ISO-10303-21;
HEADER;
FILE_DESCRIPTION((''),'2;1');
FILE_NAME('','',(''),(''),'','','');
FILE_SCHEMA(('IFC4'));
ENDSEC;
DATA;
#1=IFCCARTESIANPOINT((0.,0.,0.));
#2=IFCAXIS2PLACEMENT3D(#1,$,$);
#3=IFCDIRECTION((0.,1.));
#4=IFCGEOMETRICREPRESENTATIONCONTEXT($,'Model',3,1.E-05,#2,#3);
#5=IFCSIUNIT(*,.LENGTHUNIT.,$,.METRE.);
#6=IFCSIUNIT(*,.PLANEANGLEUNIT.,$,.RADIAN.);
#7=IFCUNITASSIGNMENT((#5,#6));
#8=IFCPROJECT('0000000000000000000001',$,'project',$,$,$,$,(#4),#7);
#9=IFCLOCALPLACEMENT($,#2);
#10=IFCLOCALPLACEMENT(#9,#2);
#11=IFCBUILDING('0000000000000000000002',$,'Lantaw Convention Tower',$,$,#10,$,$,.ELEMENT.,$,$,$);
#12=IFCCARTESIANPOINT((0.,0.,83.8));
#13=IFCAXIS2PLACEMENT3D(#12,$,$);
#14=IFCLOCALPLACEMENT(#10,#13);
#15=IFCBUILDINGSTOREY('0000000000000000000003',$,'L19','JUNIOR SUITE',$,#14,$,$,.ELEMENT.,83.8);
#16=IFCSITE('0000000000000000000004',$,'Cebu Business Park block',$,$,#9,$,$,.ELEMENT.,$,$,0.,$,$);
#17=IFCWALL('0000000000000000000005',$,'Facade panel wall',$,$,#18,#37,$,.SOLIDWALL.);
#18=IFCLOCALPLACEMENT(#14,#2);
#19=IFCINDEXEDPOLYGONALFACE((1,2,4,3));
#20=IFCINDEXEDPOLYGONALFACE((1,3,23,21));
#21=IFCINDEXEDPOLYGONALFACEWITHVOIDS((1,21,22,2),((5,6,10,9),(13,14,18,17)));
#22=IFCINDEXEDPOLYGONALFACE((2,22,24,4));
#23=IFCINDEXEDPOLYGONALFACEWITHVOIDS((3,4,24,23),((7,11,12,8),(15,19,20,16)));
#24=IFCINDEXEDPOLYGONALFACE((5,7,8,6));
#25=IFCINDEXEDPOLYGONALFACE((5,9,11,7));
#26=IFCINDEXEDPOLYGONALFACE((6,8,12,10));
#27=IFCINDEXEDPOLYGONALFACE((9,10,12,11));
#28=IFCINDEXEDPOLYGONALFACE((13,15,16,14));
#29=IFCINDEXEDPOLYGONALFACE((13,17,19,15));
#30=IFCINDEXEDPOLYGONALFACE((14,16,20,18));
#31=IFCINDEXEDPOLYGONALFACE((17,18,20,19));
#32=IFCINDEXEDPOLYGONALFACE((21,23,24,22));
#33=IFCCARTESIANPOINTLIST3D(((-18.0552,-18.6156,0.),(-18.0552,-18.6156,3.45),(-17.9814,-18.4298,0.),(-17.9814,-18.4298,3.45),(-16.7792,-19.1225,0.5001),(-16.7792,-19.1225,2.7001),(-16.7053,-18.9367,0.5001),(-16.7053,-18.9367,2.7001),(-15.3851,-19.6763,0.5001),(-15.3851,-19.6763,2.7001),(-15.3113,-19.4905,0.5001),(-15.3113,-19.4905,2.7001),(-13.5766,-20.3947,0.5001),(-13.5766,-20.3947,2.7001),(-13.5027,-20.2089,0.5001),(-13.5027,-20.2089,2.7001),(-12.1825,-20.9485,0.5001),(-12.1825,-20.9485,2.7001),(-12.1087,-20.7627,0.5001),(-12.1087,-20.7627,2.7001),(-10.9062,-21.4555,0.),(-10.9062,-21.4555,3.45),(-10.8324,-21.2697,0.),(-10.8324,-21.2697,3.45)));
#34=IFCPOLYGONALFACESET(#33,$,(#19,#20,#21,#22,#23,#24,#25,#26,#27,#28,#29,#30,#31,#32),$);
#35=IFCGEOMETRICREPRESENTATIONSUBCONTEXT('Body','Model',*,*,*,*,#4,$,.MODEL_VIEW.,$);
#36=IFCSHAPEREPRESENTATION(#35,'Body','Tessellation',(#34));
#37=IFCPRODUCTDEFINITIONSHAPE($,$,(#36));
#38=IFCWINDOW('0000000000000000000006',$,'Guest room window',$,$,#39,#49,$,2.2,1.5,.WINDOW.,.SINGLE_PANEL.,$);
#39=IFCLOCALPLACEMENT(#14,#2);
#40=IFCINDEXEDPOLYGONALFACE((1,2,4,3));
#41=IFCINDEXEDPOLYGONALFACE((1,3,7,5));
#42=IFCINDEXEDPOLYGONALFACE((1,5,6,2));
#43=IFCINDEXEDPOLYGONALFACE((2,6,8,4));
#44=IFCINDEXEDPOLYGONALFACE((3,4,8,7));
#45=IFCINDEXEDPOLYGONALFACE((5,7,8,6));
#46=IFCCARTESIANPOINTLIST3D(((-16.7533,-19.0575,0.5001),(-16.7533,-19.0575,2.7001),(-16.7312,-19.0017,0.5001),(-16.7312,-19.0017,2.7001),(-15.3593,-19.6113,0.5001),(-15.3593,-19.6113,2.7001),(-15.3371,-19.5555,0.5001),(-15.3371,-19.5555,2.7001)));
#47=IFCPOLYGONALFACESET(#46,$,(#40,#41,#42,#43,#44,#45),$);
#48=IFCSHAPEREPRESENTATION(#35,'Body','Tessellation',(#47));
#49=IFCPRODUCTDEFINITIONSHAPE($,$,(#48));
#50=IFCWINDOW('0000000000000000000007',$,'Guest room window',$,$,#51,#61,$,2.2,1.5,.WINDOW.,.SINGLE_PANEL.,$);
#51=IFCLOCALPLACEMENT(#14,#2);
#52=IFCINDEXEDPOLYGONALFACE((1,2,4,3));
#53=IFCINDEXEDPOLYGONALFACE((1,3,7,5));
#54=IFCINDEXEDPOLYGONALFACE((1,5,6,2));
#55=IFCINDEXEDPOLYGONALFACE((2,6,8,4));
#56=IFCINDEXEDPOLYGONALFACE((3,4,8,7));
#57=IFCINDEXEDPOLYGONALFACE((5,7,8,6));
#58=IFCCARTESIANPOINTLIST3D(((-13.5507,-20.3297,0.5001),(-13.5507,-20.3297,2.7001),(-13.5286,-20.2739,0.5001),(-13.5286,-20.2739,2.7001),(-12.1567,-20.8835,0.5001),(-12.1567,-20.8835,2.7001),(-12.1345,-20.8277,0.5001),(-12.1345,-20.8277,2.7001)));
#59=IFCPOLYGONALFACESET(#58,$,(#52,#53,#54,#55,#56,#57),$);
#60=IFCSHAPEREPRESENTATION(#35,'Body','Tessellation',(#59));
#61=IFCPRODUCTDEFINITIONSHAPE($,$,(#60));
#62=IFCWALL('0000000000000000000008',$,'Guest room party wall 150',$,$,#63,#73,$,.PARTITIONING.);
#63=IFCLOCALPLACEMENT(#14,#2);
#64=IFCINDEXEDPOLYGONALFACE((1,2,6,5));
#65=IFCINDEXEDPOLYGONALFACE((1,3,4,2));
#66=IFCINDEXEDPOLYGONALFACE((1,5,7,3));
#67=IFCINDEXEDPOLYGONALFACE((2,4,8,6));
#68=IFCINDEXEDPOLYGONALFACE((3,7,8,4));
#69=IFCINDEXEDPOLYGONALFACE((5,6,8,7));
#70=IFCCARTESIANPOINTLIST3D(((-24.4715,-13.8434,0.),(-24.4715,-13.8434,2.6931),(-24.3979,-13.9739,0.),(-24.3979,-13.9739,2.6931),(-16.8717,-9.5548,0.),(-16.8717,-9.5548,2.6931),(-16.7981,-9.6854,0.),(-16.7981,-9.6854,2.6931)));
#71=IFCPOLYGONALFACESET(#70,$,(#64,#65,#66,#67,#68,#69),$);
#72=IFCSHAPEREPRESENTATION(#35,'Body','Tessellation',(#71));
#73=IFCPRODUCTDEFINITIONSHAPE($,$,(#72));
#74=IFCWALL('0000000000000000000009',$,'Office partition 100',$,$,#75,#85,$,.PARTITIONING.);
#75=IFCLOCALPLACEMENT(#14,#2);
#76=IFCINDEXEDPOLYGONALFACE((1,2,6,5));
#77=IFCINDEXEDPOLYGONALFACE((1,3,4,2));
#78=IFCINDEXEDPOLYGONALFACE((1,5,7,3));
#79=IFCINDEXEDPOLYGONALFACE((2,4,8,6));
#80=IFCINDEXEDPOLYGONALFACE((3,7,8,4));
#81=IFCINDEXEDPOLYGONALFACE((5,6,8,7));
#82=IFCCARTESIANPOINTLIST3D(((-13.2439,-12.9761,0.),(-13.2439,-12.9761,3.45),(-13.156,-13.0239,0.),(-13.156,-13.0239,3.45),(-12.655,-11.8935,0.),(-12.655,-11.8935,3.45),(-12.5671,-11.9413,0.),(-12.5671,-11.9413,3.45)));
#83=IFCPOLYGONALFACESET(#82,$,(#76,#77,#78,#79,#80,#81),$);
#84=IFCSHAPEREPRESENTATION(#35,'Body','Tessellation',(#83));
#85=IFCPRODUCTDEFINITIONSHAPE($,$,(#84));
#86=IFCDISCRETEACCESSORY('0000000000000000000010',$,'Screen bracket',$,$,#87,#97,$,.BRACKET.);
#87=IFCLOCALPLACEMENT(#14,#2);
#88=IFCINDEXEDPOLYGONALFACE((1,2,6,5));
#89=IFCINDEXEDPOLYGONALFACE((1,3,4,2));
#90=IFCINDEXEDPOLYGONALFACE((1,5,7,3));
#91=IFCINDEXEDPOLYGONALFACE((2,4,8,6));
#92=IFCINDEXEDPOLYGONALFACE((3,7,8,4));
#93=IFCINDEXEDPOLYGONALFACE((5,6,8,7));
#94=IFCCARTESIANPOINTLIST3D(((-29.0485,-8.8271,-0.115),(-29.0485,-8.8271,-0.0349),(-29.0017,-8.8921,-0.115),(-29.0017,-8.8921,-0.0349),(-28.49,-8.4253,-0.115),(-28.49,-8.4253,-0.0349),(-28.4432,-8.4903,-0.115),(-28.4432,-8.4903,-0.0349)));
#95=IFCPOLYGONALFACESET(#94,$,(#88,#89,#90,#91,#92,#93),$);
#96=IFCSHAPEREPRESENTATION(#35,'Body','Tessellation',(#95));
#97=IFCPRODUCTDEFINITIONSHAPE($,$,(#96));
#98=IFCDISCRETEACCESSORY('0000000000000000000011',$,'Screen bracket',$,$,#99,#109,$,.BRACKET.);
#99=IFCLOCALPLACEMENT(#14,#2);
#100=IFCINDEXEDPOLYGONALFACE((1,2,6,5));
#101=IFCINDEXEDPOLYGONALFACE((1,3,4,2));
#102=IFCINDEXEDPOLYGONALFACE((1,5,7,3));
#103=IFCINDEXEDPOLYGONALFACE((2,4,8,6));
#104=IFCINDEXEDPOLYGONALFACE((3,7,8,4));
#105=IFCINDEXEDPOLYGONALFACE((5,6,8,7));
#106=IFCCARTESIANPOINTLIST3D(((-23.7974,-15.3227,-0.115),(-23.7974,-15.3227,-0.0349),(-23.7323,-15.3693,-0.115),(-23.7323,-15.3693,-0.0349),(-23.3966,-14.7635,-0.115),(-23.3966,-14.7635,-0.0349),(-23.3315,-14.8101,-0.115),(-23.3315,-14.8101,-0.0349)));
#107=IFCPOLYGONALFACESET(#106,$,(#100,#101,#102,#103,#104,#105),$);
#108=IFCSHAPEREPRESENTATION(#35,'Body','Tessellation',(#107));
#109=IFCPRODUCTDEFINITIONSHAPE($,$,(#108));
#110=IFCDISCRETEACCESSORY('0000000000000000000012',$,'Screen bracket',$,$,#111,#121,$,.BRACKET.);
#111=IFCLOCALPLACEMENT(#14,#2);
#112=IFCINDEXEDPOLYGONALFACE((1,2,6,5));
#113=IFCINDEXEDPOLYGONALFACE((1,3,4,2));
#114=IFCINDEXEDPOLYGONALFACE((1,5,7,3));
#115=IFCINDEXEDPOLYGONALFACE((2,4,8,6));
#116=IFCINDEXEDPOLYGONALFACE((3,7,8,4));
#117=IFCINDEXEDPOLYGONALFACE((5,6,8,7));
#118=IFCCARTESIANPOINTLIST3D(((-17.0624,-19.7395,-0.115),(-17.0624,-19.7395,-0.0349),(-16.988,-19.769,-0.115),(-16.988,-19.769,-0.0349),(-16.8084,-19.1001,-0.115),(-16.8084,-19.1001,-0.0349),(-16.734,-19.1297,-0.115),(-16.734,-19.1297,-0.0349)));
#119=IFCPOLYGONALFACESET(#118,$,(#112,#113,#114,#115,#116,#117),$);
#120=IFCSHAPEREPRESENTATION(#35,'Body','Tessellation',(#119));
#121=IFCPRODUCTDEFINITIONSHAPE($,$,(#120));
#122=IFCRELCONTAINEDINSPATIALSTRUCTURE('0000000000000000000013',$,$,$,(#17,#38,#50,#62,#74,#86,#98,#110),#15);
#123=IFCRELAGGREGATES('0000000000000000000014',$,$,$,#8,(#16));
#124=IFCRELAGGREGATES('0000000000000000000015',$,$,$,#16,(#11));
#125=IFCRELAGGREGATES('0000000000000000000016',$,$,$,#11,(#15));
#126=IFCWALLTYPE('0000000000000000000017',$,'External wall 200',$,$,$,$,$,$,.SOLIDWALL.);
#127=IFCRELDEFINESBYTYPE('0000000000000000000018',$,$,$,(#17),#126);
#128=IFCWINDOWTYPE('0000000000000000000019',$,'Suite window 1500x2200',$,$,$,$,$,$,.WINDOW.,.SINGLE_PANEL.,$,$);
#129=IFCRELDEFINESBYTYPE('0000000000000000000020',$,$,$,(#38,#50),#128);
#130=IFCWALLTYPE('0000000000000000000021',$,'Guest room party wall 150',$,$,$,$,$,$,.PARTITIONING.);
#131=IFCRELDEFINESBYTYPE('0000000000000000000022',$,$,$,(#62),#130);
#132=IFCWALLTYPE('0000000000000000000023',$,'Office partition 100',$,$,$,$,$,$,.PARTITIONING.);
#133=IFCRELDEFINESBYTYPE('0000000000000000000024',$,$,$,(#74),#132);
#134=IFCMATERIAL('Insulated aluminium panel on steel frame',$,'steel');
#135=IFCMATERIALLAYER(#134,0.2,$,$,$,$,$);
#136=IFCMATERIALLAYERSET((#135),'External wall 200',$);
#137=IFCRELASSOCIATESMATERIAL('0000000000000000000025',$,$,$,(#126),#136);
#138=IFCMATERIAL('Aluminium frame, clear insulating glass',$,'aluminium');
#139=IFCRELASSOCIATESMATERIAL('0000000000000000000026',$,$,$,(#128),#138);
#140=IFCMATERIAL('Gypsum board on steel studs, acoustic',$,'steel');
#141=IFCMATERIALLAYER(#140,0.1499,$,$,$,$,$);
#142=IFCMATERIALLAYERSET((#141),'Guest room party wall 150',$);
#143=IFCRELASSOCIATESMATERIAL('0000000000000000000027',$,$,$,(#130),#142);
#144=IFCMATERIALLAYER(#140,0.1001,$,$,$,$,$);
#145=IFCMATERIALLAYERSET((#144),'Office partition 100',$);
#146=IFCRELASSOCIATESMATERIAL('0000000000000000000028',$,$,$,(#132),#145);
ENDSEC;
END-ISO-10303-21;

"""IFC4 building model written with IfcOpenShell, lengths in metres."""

from ifc_helpers import new_model, si_unit, direction, frame, frame_2d, origin, origin_2d, place, context, subcontext, project, spatial, rectangle, extrude, material, layer, layer_set, type_object, element, fill, save


model = new_model("IFC4")

# Units and contexts
model_context = context("Model", 3, precision=1e-05, world=origin(), true_north=direction((0.0, 1.0)))
body_context = subcontext(model_context, "Body", "Model", "MODEL_VIEW")
ifc_project = project(units=[si_unit("LENGTHUNIT", "METRE"), si_unit("PLANEANGLEUNIT", "RADIAN")], contexts=[model_context])

# Site, building, storey
site_placement = place(None, origin())
site = spatial("IfcSite", under=ifc_project, at=site_placement, Name="Cebu Business Park block", CompositionType="ELEMENT", RefElevation=0.0)
building_placement = place(site_placement, origin())
building = spatial("IfcBuilding", under=site, at=building_placement, Name="Lantaw Convention Tower", CompositionType="ELEMENT")
storey_placement = place(building_placement, frame((0.0, 0.0, 83.8)))
storey = spatial("IfcBuildingStorey", under=building, at=storey_placement, Name="L19", Description="JUNIOR SUITE", CompositionType="ELEMENT", Elevation=83.8)

# Wall, openings, windows
ifc_material_1 = material(Name="Insulated aluminium panel on steel frame", Category="steel")
ifc_layer_1 = layer(ifc_material_1, 0.2)
ifc_layer_set_1 = layer_set([ifc_layer_1], Name="External wall 200")
wall_type_1 = type_object("IfcWallType", Name="External wall 200", PredefinedType="SOLIDWALL", material=ifc_layer_set_1)
ifc_material_2 = material(Name="Aluminium frame, clear insulating glass", Category="aluminium")
window_type = type_object("IfcWindowType", Name="Suite window 1500x2200", PartitioningType="SINGLE_PANEL", PredefinedType="WINDOW", material=ifc_material_2)
wall_1_placement = place(storey_placement, frame((-18.0183, -18.5227, 0.0), z_axis=(0.0, 0.0, 1.0), x_axis=(0.929358, -0.369179, 0.0)))
wall_1 = element("IfcWall", 1, at=wall_1_placement, inside=storey, type_object=wall_type_1, Name="Facade panel wall", PredefinedType="SOLIDWALL", context=body_context, shape_type="SweptSolid", body=[
    extrude(rectangle(XDim=7.6924, YDim=0.2, at=frame_2d((3.8462, 0.0))), origin(), (0.0, 0.0, 1.0), 3.45),
])
opening_1_placement = place(wall_1_placement, frame((1.373, 0.0, 0.5)))
opening_1 = element("IfcOpeningElement", 2, at=opening_1_placement, cuts=wall_1, PredefinedType="OPENING", context=body_context, shape_type="SweptSolid", body=[
    extrude(rectangle(XDim=1.5, YDim=2.2, at=frame_2d((0.75, 1.1001))), frame((0.0, 0.1099, 0.0), z_axis=(0.0, -1.0, 0.0), x_axis=(1.0, 0.0, 0.0)), (0.0, 0.0, 1.0), 0.22),
])
opening_2_placement = place(wall_1_placement, frame((4.8191, 0.0, 0.5)))
opening_2 = element("IfcOpeningElement", 3, at=opening_2_placement, cuts=wall_1, PredefinedType="OPENING", context=body_context, shape_type="SweptSolid", body=[
    extrude(rectangle(XDim=1.5, YDim=2.2, at=frame_2d((0.75, 1.1001))), frame((0.0, 0.1099, 0.0), z_axis=(0.0, -1.0, 0.0), x_axis=(1.0, 0.0, 0.0)), (0.0, 0.0, 1.0), 0.22),
])
window_1_placement = place(opening_1_placement, origin())
window_1 = element("IfcWindow", 4, at=window_1_placement, inside=storey, type_object=window_type, Name="Guest room window", OverallHeight=2.2, OverallWidth=1.5, PartitioningType="SINGLE_PANEL", PredefinedType="WINDOW", context=body_context, shape_type="SweptSolid", body=[
    extrude(rectangle(XDim=1.5, YDim=2.2, at=frame_2d((0.75, 1.1001))), frame((0.0, 0.03, 0.0), z_axis=(0.0, -1.0, 0.0), x_axis=(1.0, 0.0, 0.0)), (0.0, 0.0, 1.0), 0.0601),
])
fill(opening_1, window_1)
window_2_placement = place(opening_2_placement, origin())
window_2 = element("IfcWindow", 5, at=window_2_placement, inside=storey, type_object=window_type, Name="Guest room window", OverallHeight=2.2, OverallWidth=1.5, PartitioningType="SINGLE_PANEL", PredefinedType="WINDOW", context=body_context, shape_type="SweptSolid", body=[
    extrude(rectangle(XDim=1.5, YDim=2.2, at=frame_2d((0.75, 1.1001))), frame((0.0, 0.03, 0.0), z_axis=(0.0, -1.0, 0.0), x_axis=(1.0, 0.0, 0.0)), (0.0, 0.0, 1.0), 0.0601),
])
fill(opening_2, window_2)

# Walls
ifc_material_3 = material(Name="Gypsum board on steel studs, acoustic", Category="steel")
ifc_layer_2 = layer(ifc_material_3, 0.1499)
ifc_layer_set_2 = layer_set([ifc_layer_2], Name="Guest room party wall 150")
wall_type_2 = type_object("IfcWallType", Name="Guest room party wall 150", PredefinedType="PARTITIONING", material=ifc_layer_set_2)
wall_2_placement = place(storey_placement, frame((-24.4348, -13.9087, 0.0), z_axis=(0.0, 0.0, 1.0), x_axis=(0.870906, 0.49145, 0.0)))
element("IfcWall", 6, at=wall_2_placement, inside=storey, type_object=wall_type_2, Name="Guest room party wall 150", PredefinedType="PARTITIONING", context=body_context, shape_type="SweptSolid", body=[
    extrude(rectangle(XDim=8.7263, YDim=0.1499, at=frame_2d((4.3633, 0.0))), origin(), (0.0, 0.0, 1.0), 2.6931),
])
ifc_layer_3 = layer(ifc_material_3, 0.1001)
ifc_layer_set_3 = layer_set([ifc_layer_3], Name="Office partition 100")
wall_type_3 = type_object("IfcWallType", Name="Office partition 100", PredefinedType="PARTITIONING", material=ifc_layer_set_3)
wall_3_placement = place(storey_placement, frame((-13.2, -13.0, 0.0), z_axis=(0.0, 0.0, 1.0), x_axis=(0.477852, 0.87844, 0.0)))
element("IfcWall", 7, at=wall_3_placement, inside=storey, type_object=wall_type_3, Name="Office partition 100", PredefinedType="PARTITIONING", context=body_context, shape_type="SweptSolid", body=[
    extrude(rectangle(XDim=1.2324, YDim=0.1001, at=frame_2d((0.6162, 0.0))), origin(), (0.0, 0.0, 1.0), 3.45),
])

# Discrete accessories
for number, where, z_axis, x_axis, name in (
    (8, (-28.7458, -8.6587, -0.115), (0.0, 0.0, 1.0), (0.583951, -0.811789, 0.0), "Screen bracket"),
    (9, (-23.5645, -15.0664, -0.115), (0.0, 0.0, 1.0), (0.812804, -0.582538, 0.0), "Screen bracket"),
    (10, (-16.8982, -19.4346, -0.115), (0.0, 0.0, 1.0), (0.929361, -0.369172, 0.0), "Screen bracket"),
):
    element("IfcDiscreteAccessory", number, at=place(storey_placement, frame(where, z_axis=z_axis, x_axis=x_axis)), inside=storey, Name=name, PredefinedType="BRACKET", context=body_context, shape_type="SweptSolid", body=[
        extrude(rectangle(XDim=0.0801, YDim=0.688, at=origin_2d()), origin(), (0.0, 0.0, 1.0), 0.0801),
    ])

save(model, "model.ifc")
